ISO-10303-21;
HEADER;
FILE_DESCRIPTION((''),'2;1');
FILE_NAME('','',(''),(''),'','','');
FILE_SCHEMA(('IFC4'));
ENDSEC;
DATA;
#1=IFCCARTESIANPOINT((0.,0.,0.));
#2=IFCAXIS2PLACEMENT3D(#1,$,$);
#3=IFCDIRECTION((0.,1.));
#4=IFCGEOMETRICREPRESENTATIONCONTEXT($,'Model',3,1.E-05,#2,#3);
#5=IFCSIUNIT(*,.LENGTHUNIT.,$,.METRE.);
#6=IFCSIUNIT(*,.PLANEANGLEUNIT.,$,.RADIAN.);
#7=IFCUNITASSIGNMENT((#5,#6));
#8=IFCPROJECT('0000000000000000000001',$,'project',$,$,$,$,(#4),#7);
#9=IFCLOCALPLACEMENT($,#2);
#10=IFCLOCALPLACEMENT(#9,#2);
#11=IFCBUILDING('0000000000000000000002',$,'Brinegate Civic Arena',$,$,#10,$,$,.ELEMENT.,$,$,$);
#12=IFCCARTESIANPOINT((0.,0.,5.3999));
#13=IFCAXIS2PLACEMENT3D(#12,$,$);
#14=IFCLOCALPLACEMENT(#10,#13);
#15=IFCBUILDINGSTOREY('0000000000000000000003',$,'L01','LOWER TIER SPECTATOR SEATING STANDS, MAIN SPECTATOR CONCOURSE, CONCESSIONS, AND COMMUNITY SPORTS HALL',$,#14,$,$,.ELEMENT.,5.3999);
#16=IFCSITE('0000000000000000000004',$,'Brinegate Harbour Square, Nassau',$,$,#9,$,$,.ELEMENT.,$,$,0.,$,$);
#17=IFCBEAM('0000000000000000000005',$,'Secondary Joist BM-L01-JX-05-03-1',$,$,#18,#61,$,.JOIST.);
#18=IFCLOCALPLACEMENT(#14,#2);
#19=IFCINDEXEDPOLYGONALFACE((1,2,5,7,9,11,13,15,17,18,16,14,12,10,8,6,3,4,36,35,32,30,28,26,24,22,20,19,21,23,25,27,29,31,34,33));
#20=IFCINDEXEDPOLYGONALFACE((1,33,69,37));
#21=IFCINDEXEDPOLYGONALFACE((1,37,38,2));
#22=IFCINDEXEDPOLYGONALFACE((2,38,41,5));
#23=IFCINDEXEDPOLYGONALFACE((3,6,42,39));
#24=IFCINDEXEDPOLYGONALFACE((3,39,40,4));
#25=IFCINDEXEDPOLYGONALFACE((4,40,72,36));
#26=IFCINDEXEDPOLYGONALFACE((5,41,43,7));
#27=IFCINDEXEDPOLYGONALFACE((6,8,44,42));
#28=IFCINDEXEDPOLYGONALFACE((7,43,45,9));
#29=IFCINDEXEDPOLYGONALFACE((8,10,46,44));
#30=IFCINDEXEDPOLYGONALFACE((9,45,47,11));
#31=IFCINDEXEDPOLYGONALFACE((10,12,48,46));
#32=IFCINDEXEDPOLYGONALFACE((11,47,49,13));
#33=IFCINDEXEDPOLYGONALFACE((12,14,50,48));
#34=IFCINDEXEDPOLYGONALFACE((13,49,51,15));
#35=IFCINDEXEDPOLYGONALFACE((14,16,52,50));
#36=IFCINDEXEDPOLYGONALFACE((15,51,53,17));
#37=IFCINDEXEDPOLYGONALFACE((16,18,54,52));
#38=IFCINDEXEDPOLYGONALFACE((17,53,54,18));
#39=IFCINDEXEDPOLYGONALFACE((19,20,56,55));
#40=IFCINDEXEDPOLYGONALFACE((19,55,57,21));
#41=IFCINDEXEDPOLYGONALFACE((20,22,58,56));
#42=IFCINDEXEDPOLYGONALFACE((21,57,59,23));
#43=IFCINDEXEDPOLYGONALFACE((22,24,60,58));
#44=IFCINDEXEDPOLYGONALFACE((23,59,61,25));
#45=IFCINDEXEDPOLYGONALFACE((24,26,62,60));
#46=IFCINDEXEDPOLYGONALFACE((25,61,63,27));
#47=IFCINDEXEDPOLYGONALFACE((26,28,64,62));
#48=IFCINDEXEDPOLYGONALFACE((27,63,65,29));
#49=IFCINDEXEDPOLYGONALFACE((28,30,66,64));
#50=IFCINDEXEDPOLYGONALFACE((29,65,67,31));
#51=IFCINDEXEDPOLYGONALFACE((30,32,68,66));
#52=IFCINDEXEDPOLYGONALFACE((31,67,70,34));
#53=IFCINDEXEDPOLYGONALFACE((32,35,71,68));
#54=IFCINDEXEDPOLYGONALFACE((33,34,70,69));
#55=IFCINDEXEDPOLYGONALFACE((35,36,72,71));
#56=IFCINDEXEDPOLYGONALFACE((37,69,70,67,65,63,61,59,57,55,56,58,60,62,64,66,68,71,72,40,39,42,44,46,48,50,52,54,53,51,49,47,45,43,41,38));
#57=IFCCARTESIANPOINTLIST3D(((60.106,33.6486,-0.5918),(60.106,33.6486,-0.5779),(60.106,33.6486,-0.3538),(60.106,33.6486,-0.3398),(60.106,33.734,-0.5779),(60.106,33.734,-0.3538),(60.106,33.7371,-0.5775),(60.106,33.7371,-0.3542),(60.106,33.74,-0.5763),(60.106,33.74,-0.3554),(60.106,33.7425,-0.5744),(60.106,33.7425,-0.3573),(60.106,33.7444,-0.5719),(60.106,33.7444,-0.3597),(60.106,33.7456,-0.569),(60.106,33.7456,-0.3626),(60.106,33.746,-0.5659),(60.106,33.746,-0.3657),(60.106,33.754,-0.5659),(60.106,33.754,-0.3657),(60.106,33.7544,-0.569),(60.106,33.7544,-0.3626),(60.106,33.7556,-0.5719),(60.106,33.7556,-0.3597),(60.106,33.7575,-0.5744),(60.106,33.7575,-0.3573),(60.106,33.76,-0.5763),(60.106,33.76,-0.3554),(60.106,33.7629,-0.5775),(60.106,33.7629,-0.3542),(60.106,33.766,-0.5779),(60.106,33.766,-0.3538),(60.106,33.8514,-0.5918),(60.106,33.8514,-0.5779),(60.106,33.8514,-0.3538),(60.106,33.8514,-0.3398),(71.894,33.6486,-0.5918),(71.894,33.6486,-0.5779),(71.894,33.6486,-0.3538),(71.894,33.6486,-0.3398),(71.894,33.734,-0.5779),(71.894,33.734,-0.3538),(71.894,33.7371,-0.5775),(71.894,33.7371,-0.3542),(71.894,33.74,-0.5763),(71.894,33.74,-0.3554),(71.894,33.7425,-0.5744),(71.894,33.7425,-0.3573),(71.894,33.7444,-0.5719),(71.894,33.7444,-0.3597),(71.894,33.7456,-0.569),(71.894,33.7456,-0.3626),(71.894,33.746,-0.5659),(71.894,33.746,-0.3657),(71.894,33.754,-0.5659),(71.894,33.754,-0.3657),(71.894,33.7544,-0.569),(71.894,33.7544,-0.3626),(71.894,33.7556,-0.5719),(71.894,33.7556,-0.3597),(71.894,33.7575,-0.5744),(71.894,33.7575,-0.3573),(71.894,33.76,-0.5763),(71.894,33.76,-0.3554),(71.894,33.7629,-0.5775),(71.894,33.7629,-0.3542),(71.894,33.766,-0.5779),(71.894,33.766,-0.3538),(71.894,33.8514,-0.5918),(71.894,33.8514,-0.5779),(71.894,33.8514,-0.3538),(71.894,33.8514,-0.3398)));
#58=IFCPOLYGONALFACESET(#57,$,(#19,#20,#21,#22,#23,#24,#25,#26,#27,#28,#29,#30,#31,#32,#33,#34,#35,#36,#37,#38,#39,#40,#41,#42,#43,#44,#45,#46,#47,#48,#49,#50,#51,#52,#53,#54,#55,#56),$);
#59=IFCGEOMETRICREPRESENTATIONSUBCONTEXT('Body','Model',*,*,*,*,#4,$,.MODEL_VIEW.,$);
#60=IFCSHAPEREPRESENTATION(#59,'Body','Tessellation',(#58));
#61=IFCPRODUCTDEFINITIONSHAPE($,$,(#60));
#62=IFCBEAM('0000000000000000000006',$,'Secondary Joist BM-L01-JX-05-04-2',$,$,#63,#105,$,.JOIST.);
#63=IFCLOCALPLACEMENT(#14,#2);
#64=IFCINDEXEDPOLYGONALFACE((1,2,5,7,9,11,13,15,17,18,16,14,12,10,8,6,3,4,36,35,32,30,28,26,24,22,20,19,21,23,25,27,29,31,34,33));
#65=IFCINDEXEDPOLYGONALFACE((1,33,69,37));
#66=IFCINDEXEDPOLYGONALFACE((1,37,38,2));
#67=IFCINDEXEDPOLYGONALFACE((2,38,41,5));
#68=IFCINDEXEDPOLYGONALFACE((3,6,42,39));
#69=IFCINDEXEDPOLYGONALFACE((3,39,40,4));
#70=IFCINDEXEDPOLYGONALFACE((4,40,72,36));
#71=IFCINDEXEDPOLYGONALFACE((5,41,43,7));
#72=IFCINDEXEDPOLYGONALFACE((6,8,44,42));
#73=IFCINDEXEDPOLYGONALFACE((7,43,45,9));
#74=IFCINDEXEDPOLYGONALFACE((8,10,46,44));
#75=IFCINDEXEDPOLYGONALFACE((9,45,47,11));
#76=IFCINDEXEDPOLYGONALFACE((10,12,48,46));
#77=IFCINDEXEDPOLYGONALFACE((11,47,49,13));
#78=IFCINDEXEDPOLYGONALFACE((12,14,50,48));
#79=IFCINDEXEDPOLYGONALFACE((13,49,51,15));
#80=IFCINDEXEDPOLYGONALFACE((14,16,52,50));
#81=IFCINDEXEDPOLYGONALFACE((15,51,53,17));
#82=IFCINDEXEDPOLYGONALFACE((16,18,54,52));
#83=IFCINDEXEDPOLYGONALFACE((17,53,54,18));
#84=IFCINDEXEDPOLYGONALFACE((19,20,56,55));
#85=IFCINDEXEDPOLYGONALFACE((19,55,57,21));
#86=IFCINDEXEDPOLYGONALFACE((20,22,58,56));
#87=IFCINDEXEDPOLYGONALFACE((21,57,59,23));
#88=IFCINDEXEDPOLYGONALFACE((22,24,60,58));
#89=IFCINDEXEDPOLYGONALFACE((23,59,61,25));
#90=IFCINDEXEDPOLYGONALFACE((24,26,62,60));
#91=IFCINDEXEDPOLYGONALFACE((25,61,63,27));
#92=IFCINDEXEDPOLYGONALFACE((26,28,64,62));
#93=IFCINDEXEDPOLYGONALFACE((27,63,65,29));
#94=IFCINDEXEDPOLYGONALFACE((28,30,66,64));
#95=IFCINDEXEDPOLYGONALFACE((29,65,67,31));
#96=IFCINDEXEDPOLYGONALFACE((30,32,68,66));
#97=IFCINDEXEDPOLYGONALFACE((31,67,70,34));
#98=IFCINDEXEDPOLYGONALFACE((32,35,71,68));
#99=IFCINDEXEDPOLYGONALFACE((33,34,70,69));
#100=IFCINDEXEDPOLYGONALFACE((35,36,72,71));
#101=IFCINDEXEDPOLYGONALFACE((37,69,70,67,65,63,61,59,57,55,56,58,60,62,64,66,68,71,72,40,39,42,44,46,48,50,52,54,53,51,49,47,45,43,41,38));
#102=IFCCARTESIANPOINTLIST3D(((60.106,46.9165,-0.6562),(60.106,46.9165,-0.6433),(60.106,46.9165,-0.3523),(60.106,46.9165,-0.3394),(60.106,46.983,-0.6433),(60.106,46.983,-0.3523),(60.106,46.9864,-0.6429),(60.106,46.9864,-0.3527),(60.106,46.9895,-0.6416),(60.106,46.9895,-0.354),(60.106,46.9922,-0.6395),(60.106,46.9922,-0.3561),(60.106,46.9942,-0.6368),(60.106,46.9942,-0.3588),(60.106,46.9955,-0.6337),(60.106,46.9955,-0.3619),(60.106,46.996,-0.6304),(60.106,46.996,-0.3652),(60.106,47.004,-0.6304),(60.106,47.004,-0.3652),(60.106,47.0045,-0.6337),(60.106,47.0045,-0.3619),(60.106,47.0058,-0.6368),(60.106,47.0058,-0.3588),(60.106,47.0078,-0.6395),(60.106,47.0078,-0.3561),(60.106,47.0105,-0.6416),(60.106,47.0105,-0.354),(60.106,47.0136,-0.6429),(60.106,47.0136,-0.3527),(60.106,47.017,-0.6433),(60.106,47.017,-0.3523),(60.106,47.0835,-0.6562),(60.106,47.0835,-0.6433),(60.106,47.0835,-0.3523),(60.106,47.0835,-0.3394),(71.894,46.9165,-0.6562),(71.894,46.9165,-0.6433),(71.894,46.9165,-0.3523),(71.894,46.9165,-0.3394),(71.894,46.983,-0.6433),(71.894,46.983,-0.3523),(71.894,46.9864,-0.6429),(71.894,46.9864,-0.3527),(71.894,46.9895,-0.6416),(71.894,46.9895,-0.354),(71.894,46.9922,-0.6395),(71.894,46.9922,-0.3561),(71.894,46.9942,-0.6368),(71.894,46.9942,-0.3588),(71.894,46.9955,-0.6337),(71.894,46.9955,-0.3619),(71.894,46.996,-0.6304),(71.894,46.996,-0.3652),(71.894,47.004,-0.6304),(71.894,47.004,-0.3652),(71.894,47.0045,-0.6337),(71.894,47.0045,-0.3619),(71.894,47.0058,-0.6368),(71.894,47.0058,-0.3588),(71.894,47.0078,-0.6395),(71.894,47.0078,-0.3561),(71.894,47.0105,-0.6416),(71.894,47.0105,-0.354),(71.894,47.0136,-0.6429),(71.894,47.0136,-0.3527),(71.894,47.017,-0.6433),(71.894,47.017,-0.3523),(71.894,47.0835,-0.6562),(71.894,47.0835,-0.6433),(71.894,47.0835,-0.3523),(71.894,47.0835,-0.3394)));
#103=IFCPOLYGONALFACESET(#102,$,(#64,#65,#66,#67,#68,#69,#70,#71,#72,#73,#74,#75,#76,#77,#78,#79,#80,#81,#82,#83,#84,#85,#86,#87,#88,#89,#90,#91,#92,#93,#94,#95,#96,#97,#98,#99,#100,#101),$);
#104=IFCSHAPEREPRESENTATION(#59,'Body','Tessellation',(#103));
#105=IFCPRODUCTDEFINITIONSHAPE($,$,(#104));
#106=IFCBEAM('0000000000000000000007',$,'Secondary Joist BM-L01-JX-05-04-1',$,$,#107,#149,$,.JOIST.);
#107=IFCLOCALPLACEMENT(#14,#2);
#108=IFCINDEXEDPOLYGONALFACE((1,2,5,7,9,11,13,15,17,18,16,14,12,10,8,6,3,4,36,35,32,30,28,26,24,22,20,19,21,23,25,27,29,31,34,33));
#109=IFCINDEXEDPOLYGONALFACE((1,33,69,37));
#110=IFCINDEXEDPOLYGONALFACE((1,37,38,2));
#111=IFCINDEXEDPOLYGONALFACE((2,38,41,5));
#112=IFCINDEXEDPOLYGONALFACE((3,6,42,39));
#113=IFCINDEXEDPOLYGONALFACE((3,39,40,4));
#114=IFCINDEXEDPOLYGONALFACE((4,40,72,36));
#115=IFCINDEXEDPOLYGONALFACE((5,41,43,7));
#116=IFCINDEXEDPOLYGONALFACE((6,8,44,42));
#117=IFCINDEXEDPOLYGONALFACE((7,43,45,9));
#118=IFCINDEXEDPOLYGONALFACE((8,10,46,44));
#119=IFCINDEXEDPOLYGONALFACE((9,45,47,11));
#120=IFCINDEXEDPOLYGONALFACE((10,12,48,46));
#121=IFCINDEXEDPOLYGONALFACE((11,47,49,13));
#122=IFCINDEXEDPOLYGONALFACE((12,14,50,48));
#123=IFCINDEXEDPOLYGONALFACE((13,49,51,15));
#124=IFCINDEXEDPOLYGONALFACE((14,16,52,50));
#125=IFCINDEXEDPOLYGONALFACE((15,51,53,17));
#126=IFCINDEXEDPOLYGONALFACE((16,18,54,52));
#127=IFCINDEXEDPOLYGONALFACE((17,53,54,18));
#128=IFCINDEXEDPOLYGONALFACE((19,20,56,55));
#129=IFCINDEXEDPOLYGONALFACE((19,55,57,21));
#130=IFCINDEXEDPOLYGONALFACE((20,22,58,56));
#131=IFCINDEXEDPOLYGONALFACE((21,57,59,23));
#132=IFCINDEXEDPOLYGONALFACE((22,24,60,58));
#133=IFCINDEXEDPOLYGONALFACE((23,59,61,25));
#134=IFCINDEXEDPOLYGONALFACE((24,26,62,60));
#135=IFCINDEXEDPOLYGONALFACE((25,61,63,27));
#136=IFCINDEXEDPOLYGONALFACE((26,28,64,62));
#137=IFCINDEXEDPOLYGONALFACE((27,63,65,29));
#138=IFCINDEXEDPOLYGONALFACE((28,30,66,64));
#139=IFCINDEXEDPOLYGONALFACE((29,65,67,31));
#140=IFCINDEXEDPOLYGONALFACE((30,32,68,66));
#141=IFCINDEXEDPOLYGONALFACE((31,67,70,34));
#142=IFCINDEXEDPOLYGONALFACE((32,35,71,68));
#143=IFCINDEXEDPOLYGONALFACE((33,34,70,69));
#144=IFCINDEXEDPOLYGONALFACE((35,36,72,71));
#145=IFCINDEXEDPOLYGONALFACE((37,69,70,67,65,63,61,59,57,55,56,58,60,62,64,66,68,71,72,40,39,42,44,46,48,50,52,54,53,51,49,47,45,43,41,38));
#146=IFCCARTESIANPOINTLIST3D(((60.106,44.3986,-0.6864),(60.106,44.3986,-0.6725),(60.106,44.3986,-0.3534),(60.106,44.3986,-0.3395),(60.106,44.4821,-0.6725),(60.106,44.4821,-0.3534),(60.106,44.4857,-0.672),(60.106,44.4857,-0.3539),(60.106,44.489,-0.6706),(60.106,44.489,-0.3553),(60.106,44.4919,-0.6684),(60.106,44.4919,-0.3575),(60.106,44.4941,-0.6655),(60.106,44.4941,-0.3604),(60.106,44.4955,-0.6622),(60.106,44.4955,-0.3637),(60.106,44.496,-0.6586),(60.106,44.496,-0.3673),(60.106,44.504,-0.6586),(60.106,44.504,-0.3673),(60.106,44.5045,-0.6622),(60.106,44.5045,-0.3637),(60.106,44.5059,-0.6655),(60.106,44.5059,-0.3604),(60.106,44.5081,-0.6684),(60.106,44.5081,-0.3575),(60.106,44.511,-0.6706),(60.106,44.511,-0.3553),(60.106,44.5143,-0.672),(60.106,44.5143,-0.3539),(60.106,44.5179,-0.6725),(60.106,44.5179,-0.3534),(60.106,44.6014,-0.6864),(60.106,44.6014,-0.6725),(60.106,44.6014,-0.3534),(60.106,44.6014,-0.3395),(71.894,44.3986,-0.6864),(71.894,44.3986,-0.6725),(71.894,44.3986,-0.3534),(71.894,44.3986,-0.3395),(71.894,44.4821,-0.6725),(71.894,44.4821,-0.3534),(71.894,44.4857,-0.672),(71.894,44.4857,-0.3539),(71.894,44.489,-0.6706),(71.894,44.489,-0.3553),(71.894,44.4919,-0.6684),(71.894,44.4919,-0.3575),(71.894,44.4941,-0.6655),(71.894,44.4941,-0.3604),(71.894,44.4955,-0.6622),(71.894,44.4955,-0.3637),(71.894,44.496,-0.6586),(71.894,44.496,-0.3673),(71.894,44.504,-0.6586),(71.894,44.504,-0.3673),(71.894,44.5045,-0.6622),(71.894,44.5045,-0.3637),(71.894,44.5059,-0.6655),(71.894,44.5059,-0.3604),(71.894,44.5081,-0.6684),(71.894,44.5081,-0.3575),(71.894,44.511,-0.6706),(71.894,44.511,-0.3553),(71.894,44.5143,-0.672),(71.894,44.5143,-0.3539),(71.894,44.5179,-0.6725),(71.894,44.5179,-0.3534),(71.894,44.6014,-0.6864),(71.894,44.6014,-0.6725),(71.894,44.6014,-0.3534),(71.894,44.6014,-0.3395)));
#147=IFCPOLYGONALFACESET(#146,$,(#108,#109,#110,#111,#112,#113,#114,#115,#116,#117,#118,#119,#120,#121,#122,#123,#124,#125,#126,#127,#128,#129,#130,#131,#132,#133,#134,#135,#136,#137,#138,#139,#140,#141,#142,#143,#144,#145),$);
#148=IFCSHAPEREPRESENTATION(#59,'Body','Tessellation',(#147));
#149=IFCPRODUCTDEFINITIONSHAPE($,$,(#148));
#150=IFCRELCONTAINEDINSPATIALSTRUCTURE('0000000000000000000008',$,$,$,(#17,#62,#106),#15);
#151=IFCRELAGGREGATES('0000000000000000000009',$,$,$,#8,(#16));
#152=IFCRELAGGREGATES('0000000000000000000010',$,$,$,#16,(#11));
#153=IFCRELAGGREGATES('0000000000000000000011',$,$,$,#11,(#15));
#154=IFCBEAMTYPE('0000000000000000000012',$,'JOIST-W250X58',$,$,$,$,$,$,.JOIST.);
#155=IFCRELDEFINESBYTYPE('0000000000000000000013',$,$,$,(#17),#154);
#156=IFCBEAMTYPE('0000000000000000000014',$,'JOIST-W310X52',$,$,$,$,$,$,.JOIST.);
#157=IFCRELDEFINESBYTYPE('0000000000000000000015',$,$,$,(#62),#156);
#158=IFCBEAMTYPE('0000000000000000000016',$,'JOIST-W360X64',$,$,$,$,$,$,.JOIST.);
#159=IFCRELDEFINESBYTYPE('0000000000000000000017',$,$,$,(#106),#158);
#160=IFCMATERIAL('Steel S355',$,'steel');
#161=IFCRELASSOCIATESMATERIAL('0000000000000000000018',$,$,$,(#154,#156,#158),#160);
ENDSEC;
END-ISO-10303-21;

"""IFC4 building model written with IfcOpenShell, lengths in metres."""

from ifc_helpers import new_model, si_unit, direction, frame, origin, origin_2d, place, context, subcontext, project, spatial, i_section, extrude, material, material_profile, profile_set, type_object, element, save


model = new_model("IFC4")

# Units and contexts
model_context = context("Model", 3, precision=1e-05, world=origin(), true_north=direction((0.0, 1.0)))
body_context = subcontext(model_context, "Body", "Model", "MODEL_VIEW")
ifc_project = project(units=[si_unit("LENGTHUNIT", "METRE"), si_unit("PLANEANGLEUNIT", "RADIAN")], contexts=[model_context])

# Site, building, storey
site_placement = place(None, origin())
site = spatial("IfcSite", under=ifc_project, at=site_placement, Name="Brinegate Harbour Square, Nassau", CompositionType="ELEMENT", RefElevation=0.0)
building_placement = place(site_placement, origin())
building = spatial("IfcBuilding", under=site, at=building_placement, Name="Brinegate Civic Arena", CompositionType="ELEMENT")
storey_placement = place(building_placement, frame((0.0, 0.0, 5.3999)))
storey = spatial("IfcBuildingStorey", under=building, at=storey_placement, Name="L01", Description="LOWER TIER SPECTATOR SEATING STANDS, MAIN SPECTATOR CONCOURSE, CONCESSIONS, AND COMMUNITY SPORTS HALL", CompositionType="ELEMENT", Elevation=5.3999)

# Beams
ifc_material_1 = material(Name="Steel S355", Category="steel")
ifc_material_profile_1 = material_profile(ifc_material_1, i_section(OverallWidth=0.2029, OverallDepth=0.252, WebThickness=0.0081, FlangeThickness=0.0139, FilletRadius=0.012, at=origin_2d()), Name="W250X58")
ifc_profile_set_1 = profile_set([ifc_material_profile_1], Name="Steel S355")
beam_type_1 = type_object("IfcBeamType", Name="JOIST-W250X58", PredefinedType="JOIST", material=ifc_profile_set_1)
beam_1_placement = place(storey_placement, frame((60.106, 33.75, -0.4658), z_axis=(1.0, 0.0, 0.0), x_axis=(0.0, 1.0, 0.0)))
element("IfcBeam", 1, at=beam_1_placement, inside=storey, type_object=beam_type_1, Name="Secondary Joist BM-L01-JX-05-03-1", PredefinedType="JOIST", context=body_context, shape_type="SweptSolid", body=[
    extrude(i_section(OverallWidth=0.2029, OverallDepth=0.252, WebThickness=0.0081, FlangeThickness=0.0139, FilletRadius=0.012, at=origin_2d()), origin(), (0.0, 0.0, 1.0), 11.7881),
])
ifc_material_profile_2 = material_profile(ifc_material_1, i_section(OverallWidth=0.167, OverallDepth=0.3169, WebThickness=0.0081, FlangeThickness=0.0129, FilletRadius=0.0129, at=origin_2d()), Name="W310X52")
ifc_profile_set_2 = profile_set([ifc_material_profile_2], Name="Steel S355")
beam_type_2 = type_object("IfcBeamType", Name="JOIST-W310X52", PredefinedType="JOIST", material=ifc_profile_set_2)
beam_2_placement = place(storey_placement, frame((60.106, 47.0, -0.4978), z_axis=(1.0, 0.0, 0.0), x_axis=(0.0, 1.0, 0.0)))
element("IfcBeam", 2, at=beam_2_placement, inside=storey, type_object=beam_type_2, Name="Secondary Joist BM-L01-JX-05-04-2", PredefinedType="JOIST", context=body_context, shape_type="SweptSolid", body=[
    extrude(i_section(OverallWidth=0.167, OverallDepth=0.3169, WebThickness=0.0081, FlangeThickness=0.0129, FilletRadius=0.0129, at=origin_2d()), origin(), (0.0, 0.0, 1.0), 11.7881),
])
ifc_material_profile_3 = material_profile(ifc_material_1, i_section(OverallWidth=0.2029, OverallDepth=0.3469, WebThickness=0.0081, FlangeThickness=0.0139, FilletRadius=0.0139, at=origin_2d()), Name="W360X64")
ifc_profile_set_3 = profile_set([ifc_material_profile_3], Name="Steel S355")
beam_type_3 = type_object("IfcBeamType", Name="JOIST-W360X64", PredefinedType="JOIST", material=ifc_profile_set_3)
beam_3_placement = place(storey_placement, frame((60.106, 44.5, -0.5129), z_axis=(1.0, 0.0, 0.0), x_axis=(0.0, 1.0, 0.0)))
element("IfcBeam", 3, at=beam_3_placement, inside=storey, type_object=beam_type_3, Name="Secondary Joist BM-L01-JX-05-04-1", PredefinedType="JOIST", context=body_context, shape_type="SweptSolid", body=[
    extrude(i_section(OverallWidth=0.2029, OverallDepth=0.3469, WebThickness=0.0081, FlangeThickness=0.0139, FilletRadius=0.0139, at=origin_2d()), origin(), (0.0, 0.0, 1.0), 11.7881),
])

save(model, "model.ifc")
